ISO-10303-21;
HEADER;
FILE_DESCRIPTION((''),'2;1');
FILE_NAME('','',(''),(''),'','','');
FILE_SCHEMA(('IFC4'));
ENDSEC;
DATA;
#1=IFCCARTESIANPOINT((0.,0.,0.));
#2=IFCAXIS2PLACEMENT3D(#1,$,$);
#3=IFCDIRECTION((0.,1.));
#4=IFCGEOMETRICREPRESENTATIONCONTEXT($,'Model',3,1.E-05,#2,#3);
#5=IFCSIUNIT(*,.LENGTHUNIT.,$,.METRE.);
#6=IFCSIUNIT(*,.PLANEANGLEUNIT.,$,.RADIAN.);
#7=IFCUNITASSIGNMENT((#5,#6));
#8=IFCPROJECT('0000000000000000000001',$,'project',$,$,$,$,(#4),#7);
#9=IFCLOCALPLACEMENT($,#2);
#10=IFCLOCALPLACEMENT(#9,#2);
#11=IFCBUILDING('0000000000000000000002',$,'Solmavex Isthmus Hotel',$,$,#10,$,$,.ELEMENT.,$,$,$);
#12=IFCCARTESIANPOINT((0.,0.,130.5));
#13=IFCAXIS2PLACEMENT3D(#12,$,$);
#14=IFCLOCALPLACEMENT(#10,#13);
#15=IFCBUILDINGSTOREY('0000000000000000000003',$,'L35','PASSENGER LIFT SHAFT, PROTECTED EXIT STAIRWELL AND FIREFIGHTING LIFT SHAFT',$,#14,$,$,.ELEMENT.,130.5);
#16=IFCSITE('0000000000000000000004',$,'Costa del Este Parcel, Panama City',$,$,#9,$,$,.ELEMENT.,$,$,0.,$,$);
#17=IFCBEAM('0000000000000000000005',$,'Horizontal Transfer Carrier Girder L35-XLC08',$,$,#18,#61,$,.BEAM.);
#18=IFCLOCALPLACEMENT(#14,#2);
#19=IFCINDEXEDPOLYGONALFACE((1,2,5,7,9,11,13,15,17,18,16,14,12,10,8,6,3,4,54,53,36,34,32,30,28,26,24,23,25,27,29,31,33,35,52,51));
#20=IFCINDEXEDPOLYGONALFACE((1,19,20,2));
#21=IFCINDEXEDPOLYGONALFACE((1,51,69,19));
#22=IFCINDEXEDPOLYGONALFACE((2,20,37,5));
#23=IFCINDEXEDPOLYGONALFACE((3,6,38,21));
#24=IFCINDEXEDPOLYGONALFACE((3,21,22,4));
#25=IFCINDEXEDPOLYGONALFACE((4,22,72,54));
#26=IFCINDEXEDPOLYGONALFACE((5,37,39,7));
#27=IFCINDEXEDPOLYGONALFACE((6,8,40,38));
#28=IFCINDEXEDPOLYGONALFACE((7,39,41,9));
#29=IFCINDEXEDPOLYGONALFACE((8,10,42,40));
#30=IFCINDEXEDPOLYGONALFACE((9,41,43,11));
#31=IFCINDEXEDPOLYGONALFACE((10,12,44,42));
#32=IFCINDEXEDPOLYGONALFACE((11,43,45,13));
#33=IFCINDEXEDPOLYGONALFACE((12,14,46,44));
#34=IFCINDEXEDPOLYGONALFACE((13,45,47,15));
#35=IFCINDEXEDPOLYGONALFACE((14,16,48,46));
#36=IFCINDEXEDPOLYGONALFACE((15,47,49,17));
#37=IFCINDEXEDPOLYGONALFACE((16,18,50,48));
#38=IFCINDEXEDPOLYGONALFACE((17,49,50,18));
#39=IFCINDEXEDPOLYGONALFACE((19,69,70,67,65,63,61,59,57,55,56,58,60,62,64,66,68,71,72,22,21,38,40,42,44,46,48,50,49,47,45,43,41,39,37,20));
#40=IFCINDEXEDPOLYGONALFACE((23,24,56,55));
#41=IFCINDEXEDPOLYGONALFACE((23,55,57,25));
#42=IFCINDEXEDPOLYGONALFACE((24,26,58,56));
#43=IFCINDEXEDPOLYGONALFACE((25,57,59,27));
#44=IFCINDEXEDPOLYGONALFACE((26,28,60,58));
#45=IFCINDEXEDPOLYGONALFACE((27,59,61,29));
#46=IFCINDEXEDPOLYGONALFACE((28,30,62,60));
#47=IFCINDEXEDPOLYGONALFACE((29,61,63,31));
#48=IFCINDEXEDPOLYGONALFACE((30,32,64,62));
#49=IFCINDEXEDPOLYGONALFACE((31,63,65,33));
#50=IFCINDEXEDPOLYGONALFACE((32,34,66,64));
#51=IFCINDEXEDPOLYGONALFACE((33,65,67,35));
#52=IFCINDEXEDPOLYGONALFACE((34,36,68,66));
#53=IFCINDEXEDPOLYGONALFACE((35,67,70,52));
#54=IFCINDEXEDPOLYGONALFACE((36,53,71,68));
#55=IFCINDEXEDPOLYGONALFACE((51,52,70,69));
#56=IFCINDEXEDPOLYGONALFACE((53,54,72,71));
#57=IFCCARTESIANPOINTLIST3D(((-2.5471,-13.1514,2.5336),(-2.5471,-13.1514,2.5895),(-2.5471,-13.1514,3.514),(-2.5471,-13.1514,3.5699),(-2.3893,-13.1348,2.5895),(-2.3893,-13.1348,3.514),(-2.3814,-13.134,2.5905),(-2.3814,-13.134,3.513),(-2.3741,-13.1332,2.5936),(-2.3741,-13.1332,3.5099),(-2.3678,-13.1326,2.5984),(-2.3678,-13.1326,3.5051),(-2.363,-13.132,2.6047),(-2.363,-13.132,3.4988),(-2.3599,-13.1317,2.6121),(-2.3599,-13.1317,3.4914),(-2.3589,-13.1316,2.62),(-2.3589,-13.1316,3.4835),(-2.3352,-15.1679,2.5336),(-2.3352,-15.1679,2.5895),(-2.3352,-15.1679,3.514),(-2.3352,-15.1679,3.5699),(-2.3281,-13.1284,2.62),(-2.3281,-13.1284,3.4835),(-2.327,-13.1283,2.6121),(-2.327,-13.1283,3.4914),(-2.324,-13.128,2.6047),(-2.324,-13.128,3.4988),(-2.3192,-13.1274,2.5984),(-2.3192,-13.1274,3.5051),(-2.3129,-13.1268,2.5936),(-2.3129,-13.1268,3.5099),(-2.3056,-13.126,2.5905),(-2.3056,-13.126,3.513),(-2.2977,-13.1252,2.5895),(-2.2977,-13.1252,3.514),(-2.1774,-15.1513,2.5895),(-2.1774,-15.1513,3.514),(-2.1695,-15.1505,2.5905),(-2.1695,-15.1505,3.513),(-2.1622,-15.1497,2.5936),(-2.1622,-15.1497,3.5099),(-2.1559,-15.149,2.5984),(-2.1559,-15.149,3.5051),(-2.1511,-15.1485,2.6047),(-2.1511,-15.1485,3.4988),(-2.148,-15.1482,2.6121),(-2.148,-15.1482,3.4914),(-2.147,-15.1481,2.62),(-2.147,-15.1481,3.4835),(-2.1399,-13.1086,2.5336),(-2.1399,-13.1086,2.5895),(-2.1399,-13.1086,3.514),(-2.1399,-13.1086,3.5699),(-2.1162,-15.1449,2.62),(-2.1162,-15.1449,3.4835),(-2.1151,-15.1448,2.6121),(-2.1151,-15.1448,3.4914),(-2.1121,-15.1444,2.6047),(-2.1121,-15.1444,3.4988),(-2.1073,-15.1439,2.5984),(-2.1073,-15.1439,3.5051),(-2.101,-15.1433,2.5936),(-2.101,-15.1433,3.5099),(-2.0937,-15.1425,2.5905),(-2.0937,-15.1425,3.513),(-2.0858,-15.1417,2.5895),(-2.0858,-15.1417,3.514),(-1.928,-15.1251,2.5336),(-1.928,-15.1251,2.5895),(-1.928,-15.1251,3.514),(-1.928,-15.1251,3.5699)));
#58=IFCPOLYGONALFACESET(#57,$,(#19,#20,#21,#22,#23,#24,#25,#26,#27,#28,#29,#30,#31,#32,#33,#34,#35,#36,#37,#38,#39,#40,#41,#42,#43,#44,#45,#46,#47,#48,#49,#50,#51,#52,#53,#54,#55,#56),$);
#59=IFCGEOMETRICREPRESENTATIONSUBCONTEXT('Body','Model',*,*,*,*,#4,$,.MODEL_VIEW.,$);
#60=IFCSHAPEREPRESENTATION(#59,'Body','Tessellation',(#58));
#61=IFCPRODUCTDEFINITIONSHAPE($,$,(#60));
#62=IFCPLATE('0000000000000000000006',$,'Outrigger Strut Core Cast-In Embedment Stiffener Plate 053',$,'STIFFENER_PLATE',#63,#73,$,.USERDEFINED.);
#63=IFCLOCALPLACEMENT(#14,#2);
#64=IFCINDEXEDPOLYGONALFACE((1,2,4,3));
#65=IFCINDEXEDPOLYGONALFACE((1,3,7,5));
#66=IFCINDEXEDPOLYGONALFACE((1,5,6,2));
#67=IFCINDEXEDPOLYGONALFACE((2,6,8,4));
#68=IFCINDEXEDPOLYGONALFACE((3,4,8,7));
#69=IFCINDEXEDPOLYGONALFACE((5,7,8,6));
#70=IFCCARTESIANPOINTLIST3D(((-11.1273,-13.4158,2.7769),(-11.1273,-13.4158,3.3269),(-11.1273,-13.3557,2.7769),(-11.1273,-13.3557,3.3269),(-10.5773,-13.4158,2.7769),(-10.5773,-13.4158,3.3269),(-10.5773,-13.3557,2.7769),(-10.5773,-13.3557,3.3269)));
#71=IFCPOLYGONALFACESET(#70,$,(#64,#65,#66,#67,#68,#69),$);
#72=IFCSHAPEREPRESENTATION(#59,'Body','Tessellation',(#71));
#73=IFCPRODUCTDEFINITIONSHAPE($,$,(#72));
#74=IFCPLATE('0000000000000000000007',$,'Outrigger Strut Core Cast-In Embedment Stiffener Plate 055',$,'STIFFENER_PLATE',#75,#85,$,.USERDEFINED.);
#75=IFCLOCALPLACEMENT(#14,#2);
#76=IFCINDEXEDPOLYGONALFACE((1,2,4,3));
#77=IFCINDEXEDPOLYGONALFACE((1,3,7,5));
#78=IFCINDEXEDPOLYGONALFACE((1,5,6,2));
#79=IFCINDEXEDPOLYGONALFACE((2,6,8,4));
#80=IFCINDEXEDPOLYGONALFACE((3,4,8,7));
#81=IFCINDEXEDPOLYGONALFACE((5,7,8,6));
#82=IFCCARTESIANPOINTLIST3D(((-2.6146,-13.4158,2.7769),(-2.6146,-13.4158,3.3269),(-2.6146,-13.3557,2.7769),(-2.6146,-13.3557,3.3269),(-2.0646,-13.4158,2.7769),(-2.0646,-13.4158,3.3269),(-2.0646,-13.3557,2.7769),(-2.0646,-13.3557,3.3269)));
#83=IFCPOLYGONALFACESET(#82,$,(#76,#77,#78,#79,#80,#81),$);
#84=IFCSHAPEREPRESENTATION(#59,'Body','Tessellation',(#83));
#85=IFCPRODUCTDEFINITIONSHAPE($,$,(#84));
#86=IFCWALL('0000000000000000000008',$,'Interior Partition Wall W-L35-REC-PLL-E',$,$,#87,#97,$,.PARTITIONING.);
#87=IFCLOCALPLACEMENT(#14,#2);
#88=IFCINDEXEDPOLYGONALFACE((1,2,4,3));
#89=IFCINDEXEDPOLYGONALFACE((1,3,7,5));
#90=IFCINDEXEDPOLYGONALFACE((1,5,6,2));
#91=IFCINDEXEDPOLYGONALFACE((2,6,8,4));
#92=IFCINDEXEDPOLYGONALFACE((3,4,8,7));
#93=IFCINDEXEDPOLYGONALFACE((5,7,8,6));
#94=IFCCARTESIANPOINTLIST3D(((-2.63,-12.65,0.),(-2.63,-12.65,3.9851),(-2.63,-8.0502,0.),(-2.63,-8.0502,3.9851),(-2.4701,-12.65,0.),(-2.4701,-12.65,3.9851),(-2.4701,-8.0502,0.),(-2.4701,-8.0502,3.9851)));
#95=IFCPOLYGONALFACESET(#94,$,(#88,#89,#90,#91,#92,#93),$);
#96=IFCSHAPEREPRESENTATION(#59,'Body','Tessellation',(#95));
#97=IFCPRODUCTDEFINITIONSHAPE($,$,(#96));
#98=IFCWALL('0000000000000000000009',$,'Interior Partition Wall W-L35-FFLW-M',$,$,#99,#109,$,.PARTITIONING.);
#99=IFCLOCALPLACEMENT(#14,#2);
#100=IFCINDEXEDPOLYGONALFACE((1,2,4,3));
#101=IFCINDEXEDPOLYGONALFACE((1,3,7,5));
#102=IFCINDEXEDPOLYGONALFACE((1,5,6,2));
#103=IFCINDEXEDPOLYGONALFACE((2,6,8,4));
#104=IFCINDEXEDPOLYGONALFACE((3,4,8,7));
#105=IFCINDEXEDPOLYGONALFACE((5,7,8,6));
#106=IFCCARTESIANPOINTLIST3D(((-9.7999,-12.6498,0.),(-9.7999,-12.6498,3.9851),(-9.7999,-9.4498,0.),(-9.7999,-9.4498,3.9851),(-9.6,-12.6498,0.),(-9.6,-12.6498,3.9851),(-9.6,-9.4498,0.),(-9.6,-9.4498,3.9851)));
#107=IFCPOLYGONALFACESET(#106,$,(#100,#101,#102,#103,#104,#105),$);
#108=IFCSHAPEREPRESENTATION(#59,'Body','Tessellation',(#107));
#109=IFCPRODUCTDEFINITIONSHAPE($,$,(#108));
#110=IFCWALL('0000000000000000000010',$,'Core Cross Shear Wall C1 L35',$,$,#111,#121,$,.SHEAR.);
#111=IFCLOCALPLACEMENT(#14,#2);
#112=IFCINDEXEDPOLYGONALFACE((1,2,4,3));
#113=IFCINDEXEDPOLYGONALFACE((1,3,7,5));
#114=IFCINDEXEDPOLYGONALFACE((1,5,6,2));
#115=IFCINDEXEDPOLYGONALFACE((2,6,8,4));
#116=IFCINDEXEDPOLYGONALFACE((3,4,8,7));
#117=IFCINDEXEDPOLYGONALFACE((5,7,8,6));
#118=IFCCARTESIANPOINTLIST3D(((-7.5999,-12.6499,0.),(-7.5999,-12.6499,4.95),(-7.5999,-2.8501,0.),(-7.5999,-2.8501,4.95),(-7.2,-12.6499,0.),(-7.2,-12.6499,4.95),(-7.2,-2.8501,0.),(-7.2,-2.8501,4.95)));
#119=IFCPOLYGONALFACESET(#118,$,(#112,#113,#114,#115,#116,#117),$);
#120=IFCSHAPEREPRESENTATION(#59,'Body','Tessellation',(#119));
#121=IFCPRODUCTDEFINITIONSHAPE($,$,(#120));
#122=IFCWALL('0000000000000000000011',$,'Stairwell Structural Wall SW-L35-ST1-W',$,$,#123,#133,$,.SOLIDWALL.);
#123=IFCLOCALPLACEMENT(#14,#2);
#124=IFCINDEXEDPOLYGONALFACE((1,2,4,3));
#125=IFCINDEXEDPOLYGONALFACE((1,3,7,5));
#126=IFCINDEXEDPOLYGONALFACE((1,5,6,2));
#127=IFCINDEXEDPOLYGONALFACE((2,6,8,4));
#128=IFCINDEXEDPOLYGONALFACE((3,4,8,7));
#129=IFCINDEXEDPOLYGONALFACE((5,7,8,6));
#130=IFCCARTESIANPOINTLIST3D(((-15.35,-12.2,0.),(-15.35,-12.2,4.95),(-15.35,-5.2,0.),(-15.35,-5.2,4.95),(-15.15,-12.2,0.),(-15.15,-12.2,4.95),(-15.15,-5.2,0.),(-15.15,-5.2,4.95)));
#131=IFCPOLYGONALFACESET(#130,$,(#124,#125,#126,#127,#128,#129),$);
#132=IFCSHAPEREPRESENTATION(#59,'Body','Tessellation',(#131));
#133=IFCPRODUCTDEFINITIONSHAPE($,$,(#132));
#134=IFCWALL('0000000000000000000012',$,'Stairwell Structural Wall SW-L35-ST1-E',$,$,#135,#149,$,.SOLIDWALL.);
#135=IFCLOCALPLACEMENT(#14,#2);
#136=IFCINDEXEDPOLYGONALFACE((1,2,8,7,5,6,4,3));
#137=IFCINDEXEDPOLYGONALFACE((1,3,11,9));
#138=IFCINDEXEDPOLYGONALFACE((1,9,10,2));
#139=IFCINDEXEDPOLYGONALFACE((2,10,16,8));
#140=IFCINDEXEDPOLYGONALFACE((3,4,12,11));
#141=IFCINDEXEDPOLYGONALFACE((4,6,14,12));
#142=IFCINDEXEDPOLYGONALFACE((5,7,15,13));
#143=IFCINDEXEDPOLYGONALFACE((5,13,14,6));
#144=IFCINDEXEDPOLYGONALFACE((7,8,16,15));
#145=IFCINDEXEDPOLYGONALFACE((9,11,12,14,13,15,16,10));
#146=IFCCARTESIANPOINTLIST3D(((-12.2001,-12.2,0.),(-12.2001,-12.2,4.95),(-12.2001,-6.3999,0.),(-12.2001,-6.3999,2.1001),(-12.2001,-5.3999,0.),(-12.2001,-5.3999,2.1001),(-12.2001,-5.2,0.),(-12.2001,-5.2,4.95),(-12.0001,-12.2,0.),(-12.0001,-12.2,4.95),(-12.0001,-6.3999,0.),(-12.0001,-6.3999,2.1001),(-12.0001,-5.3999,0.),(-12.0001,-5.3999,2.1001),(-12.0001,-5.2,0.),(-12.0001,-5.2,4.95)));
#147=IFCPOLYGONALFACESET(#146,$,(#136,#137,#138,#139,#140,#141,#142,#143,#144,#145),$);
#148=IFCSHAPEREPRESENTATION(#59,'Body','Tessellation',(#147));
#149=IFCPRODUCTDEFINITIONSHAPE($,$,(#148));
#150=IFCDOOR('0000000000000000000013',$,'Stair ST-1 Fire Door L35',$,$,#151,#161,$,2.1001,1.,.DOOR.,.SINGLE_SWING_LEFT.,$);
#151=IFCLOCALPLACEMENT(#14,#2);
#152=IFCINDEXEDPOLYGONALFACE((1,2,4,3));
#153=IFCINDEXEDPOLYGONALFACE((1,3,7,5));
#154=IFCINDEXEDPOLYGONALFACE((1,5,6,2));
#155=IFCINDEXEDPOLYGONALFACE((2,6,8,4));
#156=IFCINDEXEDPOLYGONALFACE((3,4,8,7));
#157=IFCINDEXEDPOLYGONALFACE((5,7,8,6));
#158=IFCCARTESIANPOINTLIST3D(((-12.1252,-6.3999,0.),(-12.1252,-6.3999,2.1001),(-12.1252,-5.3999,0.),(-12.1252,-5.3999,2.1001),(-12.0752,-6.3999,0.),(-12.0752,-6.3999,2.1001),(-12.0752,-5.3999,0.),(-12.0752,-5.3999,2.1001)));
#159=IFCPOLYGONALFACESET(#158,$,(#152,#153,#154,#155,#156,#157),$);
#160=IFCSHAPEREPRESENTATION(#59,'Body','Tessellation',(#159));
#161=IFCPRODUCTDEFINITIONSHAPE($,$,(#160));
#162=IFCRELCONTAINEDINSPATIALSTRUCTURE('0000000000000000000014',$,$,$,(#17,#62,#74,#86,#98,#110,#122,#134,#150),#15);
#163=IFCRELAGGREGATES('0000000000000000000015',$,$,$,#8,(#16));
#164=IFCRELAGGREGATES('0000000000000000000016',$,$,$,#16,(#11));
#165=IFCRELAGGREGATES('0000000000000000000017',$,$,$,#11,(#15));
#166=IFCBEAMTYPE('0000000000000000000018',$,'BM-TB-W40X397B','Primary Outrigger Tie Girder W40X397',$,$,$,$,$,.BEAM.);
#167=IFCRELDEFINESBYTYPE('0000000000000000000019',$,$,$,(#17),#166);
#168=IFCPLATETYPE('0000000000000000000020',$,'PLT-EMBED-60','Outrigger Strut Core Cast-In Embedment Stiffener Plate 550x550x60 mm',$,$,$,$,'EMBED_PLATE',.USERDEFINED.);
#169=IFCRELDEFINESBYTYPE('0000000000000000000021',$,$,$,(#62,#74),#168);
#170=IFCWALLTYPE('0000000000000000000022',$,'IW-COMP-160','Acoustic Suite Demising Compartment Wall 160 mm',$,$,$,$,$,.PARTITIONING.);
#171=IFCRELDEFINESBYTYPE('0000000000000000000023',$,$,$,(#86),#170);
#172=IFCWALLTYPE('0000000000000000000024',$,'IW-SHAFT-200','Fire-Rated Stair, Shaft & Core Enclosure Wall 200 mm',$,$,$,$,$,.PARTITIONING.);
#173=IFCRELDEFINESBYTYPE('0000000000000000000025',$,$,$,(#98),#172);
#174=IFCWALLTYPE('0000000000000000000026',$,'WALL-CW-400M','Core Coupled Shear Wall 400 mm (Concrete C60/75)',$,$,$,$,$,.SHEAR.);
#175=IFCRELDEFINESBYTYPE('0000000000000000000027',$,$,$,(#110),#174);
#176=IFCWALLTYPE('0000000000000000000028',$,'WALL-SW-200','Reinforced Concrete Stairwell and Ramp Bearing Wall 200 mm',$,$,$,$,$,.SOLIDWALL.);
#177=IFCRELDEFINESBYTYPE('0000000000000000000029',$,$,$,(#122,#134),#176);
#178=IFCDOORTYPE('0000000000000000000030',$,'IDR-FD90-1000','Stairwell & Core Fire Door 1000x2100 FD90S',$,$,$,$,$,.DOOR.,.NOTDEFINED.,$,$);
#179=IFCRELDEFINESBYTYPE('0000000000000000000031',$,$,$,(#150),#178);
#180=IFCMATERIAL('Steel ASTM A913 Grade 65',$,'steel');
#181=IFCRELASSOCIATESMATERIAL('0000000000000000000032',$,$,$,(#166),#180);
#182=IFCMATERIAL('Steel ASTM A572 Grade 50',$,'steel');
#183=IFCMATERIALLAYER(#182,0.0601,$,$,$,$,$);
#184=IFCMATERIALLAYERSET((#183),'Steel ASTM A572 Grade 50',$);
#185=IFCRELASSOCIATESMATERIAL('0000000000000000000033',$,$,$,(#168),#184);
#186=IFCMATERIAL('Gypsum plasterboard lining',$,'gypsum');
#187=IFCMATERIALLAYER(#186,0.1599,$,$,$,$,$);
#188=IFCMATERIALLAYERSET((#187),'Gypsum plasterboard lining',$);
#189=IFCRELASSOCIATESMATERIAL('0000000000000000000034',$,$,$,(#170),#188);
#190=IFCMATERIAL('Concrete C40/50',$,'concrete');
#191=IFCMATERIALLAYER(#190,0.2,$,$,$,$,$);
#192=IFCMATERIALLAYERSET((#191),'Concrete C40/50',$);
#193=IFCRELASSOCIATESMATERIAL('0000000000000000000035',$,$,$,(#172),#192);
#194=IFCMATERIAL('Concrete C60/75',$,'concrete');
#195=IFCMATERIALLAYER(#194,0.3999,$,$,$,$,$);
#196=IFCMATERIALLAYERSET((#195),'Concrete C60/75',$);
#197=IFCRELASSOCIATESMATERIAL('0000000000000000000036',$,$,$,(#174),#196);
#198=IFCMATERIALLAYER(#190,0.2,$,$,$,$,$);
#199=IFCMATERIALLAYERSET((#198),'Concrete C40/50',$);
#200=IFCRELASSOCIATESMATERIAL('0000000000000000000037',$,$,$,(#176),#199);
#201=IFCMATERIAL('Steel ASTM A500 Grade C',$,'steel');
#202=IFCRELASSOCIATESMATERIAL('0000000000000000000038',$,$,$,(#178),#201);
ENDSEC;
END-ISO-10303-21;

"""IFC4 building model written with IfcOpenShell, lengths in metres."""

from ifc_helpers import new_model, si_unit, direction, frame, frame_2d, origin, origin_2d, place, context, subcontext, project, spatial, rectangle, i_section, extrude, material, layer, layer_set, material_profile, profile_set, type_object, element, fill, save


model = new_model("IFC4")

# Units and contexts
model_context = context("Model", 3, precision=1e-05, world=origin(), true_north=direction((0.0, 1.0)))
body_context = subcontext(model_context, "Body", "Model", "MODEL_VIEW")
ifc_project = project(units=[si_unit("LENGTHUNIT", "METRE"), si_unit("PLANEANGLEUNIT", "RADIAN")], contexts=[model_context])

# Site, building, storey
site_placement = place(None, origin())
site = spatial("IfcSite", under=ifc_project, at=site_placement, Name="Costa del Este Parcel, Panama City", CompositionType="ELEMENT", RefElevation=0.0)
building_placement = place(site_placement, origin())
building = spatial("IfcBuilding", under=site, at=building_placement, Name="Solmavex Isthmus Hotel", CompositionType="ELEMENT")
storey_placement = place(building_placement, frame((0.0, 0.0, 130.5)))
storey = spatial("IfcBuildingStorey", under=building, at=storey_placement, Name="L35", Description="PASSENGER LIFT SHAFT, PROTECTED EXIT STAIRWELL AND FIREFIGHTING LIFT SHAFT", CompositionType="ELEMENT", Elevation=130.5)

# Shared definitions
ifc_material_1 = material(Name="Concrete C60/75", Category="concrete")
ifc_material_2 = material(Name="Steel ASTM A913 Grade 65", Category="steel")

# Beam
ifc_material_profile_1 = material_profile(ifc_material_2, i_section(OverallWidth=0.4094, OverallDepth=1.0364, WebThickness=0.031, FlangeThickness=0.0559, FilletRadius=0.0305, at=origin_2d()), Name="W40X397")
ifc_profile_set_1 = profile_set([ifc_material_profile_1], Name="Steel ASTM A913 Grade 65")
beam_type_1 = type_object("IfcBeamType", Name="BM-TB-W40X397B", Description="Primary Outrigger Tie Girder W40X397", PredefinedType="BEAM", material=ifc_profile_set_1)
beam_1_placement = place(storey_placement, frame((-2.1316, -15.1465, 3.0518), z_axis=(-0.104509, 0.994524, 0.0), x_axis=(-0.994524, -0.104509, 0.0)))
element("IfcBeam", 1, at=beam_1_placement, inside=storey, type_object=beam_type_1, Name="Horizontal Transfer Carrier Girder L35-XLC08", PredefinedType="BEAM", context=body_context, shape_type="SweptSolid", body=[
    extrude(i_section(OverallWidth=0.4094, OverallDepth=1.0364, WebThickness=0.031, FlangeThickness=0.0559, FilletRadius=0.0305, at=origin_2d()), origin(), (0.0, 0.0, 1.0), 2.0276),
])

# Plates
ifc_material_3 = material(Name="Steel ASTM A572 Grade 50", Category="steel")
ifc_layer_1 = layer(ifc_material_3, 0.0601)
ifc_layer_set_1 = layer_set([ifc_layer_1], Name="Steel ASTM A572 Grade 50")
plate_type = type_object("IfcPlateType", Name="PLT-EMBED-60", Description="Outrigger Strut Core Cast-In Embedment Stiffener Plate 550x550x60 mm", ElementType="EMBED_PLATE", PredefinedType="USERDEFINED", material=ifc_layer_set_1)
for number, where, z_axis, x_axis, name in (
    (2, (-10.8523, -13.3857, 2.7769), (0.0, 0.0, 1.0), (1.0, 0.0, 0.0), "Outrigger Strut Core Cast-In Embedment Stiffener Plate 053"),
    (3, (-2.3396, -13.3857, 2.7769), (0.0, 0.0, 1.0), (1.0, 0.0, 0.0), "Outrigger Strut Core Cast-In Embedment Stiffener Plate 055"),
):
    element("IfcPlate", number, at=place(storey_placement, frame(where, z_axis=z_axis, x_axis=x_axis)), inside=storey, type_object=plate_type, Name=name, ObjectType="STIFFENER_PLATE", PredefinedType="USERDEFINED", context=body_context, shape_type="SweptSolid", body=[
        extrude(rectangle(XDim=0.55, YDim=0.0601, at=origin_2d()), origin(), (0.0, 0.0, 1.0), 0.55),
    ])

# Walls
ifc_material_4 = material(Name="Gypsum plasterboard lining", Category="gypsum")
ifc_layer_2 = layer(ifc_material_4, 0.1599)
ifc_layer_set_2 = layer_set([ifc_layer_2], Name="Gypsum plasterboard lining")
wall_type_1 = type_object("IfcWallType", Name="IW-COMP-160", Description="Acoustic Suite Demising Compartment Wall 160 mm", PredefinedType="PARTITIONING", material=ifc_layer_set_2)
wall_1_placement = place(storey_placement, frame((-2.55, -12.6499, 0.0), z_axis=(0.0, 0.0, 1.0), x_axis=(0.0, 1.0, 0.0)))
element("IfcWall", 4, at=wall_1_placement, inside=storey, type_object=wall_type_1, Name="Interior Partition Wall W-L35-REC-PLL-E", PredefinedType="PARTITIONING", context=body_context, shape_type="SweptSolid", body=[
    extrude(rectangle(XDim=4.5999, YDim=0.1599, at=frame_2d((2.2998, 0.0))), origin(), (0.0, 0.0, 1.0), 3.9851),
])
ifc_material_5 = material(Name="Concrete C40/50", Category="concrete")
ifc_layer_3 = layer(ifc_material_5, 0.2)
ifc_layer_set_3 = layer_set([ifc_layer_3], Name="Concrete C40/50")
wall_type_2 = type_object("IfcWallType", Name="IW-SHAFT-200", Description="Fire-Rated Stair, Shaft & Core Enclosure Wall 200 mm", PredefinedType="PARTITIONING", material=ifc_layer_set_3)
wall_2_placement = place(storey_placement, frame((-9.7, -12.6499, 0.0), z_axis=(0.0, 0.0, 1.0), x_axis=(0.0, 1.0, 0.0)))
element("IfcWall", 5, at=wall_2_placement, inside=storey, type_object=wall_type_2, Name="Interior Partition Wall W-L35-FFLW-M", PredefinedType="PARTITIONING", context=body_context, shape_type="SweptSolid", body=[
    extrude(rectangle(XDim=3.2, YDim=0.2, at=frame_2d((1.6001, 0.0))), origin(), (0.0, 0.0, 1.0), 3.9851),
])
ifc_layer_4 = layer(ifc_material_1, 0.3999)
ifc_layer_set_4 = layer_set([ifc_layer_4], Name="Concrete C60/75")
wall_type_3 = type_object("IfcWallType", Name="WALL-CW-400M", Description="Core Coupled Shear Wall 400 mm (Concrete C60/75)", PredefinedType="SHEAR", material=ifc_layer_set_4)
wall_3_placement = place(storey_placement, frame((-7.3999, -12.6499, 0.0), z_axis=(0.0, 0.0, 1.0), x_axis=(0.0, 1.0, 0.0)))
element("IfcWall", 6, at=wall_3_placement, inside=storey, type_object=wall_type_3, Name="Core Cross Shear Wall C1 L35", PredefinedType="SHEAR", context=body_context, shape_type="SweptSolid", body=[
    extrude(rectangle(XDim=9.7998, YDim=0.3999, at=frame_2d((4.8999, 0.0))), origin(), (0.0, 0.0, 1.0), 4.95),
])
ifc_layer_5 = layer(ifc_material_5, 0.2)
ifc_layer_set_5 = layer_set([ifc_layer_5], Name="Concrete C40/50")
wall_type_4 = type_object("IfcWallType", Name="WALL-SW-200", Description="Reinforced Concrete Stairwell and Ramp Bearing Wall 200 mm", PredefinedType="SOLIDWALL", material=ifc_layer_set_5)
wall_4_placement = place(storey_placement, frame((-15.25, -12.2, 0.0), z_axis=(0.0, 0.0, 1.0), x_axis=(0.0, 1.0, 0.0)))
element("IfcWall", 7, at=wall_4_placement, inside=storey, type_object=wall_type_4, Name="Stairwell Structural Wall SW-L35-ST1-W", PredefinedType="SOLIDWALL", context=body_context, shape_type="SweptSolid", body=[
    extrude(rectangle(XDim=7.0, YDim=0.2, at=frame_2d((3.5, 0.0))), origin(), (0.0, 0.0, 1.0), 4.95),
])

# Wall, opening, door
wall_5_placement = place(storey_placement, frame((-12.1001, -12.2, 0.0), z_axis=(0.0, 0.0, 1.0), x_axis=(0.0, 1.0, 0.0)))
wall_5 = element("IfcWall", 8, at=wall_5_placement, inside=storey, type_object=wall_type_4, Name="Stairwell Structural Wall SW-L35-ST1-E", PredefinedType="SOLIDWALL", context=body_context, shape_type="SweptSolid", body=[
    extrude(rectangle(XDim=7.0, YDim=0.2, at=frame_2d((3.5, 0.0))), origin(), (0.0, 0.0, 1.0), 4.95),
])
opening_placement = place(wall_5_placement, frame((5.8, 0.0, 0.0)))
opening = element("IfcOpeningElement", 9, at=opening_placement, cuts=wall_5, PredefinedType="OPENING", context=body_context, shape_type="SweptSolid", body=[
    extrude(rectangle(XDim=1.0, YDim=2.1001, at=frame_2d((0.5, 1.05))), frame((0.0, 0.1099, 0.0), z_axis=(0.0, -1.0, 0.0), x_axis=(1.0, 0.0, 0.0)), (0.0, 0.0, 1.0), 0.22),
])
ifc_material_6 = material(Name="Steel ASTM A500 Grade C", Category="steel")
door_type = type_object("IfcDoorType", Name="IDR-FD90-1000", Description="Stairwell & Core Fire Door 1000x2100 FD90S", OperationType="NOTDEFINED", PredefinedType="DOOR", material=ifc_material_6)
door_placement = place(opening_placement, frame((1.0, 0.0, 0.0), z_axis=(0.0, 0.0, 1.0), x_axis=(-1.0, 0.0, 0.0)))
door = element("IfcDoor", 10, at=door_placement, inside=storey, type_object=door_type, Name="Stair ST-1 Fire Door L35", OperationType="SINGLE_SWING_LEFT", OverallHeight=2.1001, OverallWidth=1.0, PredefinedType="DOOR", context=body_context, shape_type="SweptSolid", body=[
    extrude(rectangle(XDim=1.0, YDim=2.1001, at=frame_2d((0.5, 1.05))), frame((0.0, 0.0249, 0.0), z_axis=(0.0, -1.0, 0.0), x_axis=(1.0, 0.0, 0.0)), (0.0, 0.0, 1.0), 0.05),
])
fill(opening, door)

save(model, "model.ifc")
